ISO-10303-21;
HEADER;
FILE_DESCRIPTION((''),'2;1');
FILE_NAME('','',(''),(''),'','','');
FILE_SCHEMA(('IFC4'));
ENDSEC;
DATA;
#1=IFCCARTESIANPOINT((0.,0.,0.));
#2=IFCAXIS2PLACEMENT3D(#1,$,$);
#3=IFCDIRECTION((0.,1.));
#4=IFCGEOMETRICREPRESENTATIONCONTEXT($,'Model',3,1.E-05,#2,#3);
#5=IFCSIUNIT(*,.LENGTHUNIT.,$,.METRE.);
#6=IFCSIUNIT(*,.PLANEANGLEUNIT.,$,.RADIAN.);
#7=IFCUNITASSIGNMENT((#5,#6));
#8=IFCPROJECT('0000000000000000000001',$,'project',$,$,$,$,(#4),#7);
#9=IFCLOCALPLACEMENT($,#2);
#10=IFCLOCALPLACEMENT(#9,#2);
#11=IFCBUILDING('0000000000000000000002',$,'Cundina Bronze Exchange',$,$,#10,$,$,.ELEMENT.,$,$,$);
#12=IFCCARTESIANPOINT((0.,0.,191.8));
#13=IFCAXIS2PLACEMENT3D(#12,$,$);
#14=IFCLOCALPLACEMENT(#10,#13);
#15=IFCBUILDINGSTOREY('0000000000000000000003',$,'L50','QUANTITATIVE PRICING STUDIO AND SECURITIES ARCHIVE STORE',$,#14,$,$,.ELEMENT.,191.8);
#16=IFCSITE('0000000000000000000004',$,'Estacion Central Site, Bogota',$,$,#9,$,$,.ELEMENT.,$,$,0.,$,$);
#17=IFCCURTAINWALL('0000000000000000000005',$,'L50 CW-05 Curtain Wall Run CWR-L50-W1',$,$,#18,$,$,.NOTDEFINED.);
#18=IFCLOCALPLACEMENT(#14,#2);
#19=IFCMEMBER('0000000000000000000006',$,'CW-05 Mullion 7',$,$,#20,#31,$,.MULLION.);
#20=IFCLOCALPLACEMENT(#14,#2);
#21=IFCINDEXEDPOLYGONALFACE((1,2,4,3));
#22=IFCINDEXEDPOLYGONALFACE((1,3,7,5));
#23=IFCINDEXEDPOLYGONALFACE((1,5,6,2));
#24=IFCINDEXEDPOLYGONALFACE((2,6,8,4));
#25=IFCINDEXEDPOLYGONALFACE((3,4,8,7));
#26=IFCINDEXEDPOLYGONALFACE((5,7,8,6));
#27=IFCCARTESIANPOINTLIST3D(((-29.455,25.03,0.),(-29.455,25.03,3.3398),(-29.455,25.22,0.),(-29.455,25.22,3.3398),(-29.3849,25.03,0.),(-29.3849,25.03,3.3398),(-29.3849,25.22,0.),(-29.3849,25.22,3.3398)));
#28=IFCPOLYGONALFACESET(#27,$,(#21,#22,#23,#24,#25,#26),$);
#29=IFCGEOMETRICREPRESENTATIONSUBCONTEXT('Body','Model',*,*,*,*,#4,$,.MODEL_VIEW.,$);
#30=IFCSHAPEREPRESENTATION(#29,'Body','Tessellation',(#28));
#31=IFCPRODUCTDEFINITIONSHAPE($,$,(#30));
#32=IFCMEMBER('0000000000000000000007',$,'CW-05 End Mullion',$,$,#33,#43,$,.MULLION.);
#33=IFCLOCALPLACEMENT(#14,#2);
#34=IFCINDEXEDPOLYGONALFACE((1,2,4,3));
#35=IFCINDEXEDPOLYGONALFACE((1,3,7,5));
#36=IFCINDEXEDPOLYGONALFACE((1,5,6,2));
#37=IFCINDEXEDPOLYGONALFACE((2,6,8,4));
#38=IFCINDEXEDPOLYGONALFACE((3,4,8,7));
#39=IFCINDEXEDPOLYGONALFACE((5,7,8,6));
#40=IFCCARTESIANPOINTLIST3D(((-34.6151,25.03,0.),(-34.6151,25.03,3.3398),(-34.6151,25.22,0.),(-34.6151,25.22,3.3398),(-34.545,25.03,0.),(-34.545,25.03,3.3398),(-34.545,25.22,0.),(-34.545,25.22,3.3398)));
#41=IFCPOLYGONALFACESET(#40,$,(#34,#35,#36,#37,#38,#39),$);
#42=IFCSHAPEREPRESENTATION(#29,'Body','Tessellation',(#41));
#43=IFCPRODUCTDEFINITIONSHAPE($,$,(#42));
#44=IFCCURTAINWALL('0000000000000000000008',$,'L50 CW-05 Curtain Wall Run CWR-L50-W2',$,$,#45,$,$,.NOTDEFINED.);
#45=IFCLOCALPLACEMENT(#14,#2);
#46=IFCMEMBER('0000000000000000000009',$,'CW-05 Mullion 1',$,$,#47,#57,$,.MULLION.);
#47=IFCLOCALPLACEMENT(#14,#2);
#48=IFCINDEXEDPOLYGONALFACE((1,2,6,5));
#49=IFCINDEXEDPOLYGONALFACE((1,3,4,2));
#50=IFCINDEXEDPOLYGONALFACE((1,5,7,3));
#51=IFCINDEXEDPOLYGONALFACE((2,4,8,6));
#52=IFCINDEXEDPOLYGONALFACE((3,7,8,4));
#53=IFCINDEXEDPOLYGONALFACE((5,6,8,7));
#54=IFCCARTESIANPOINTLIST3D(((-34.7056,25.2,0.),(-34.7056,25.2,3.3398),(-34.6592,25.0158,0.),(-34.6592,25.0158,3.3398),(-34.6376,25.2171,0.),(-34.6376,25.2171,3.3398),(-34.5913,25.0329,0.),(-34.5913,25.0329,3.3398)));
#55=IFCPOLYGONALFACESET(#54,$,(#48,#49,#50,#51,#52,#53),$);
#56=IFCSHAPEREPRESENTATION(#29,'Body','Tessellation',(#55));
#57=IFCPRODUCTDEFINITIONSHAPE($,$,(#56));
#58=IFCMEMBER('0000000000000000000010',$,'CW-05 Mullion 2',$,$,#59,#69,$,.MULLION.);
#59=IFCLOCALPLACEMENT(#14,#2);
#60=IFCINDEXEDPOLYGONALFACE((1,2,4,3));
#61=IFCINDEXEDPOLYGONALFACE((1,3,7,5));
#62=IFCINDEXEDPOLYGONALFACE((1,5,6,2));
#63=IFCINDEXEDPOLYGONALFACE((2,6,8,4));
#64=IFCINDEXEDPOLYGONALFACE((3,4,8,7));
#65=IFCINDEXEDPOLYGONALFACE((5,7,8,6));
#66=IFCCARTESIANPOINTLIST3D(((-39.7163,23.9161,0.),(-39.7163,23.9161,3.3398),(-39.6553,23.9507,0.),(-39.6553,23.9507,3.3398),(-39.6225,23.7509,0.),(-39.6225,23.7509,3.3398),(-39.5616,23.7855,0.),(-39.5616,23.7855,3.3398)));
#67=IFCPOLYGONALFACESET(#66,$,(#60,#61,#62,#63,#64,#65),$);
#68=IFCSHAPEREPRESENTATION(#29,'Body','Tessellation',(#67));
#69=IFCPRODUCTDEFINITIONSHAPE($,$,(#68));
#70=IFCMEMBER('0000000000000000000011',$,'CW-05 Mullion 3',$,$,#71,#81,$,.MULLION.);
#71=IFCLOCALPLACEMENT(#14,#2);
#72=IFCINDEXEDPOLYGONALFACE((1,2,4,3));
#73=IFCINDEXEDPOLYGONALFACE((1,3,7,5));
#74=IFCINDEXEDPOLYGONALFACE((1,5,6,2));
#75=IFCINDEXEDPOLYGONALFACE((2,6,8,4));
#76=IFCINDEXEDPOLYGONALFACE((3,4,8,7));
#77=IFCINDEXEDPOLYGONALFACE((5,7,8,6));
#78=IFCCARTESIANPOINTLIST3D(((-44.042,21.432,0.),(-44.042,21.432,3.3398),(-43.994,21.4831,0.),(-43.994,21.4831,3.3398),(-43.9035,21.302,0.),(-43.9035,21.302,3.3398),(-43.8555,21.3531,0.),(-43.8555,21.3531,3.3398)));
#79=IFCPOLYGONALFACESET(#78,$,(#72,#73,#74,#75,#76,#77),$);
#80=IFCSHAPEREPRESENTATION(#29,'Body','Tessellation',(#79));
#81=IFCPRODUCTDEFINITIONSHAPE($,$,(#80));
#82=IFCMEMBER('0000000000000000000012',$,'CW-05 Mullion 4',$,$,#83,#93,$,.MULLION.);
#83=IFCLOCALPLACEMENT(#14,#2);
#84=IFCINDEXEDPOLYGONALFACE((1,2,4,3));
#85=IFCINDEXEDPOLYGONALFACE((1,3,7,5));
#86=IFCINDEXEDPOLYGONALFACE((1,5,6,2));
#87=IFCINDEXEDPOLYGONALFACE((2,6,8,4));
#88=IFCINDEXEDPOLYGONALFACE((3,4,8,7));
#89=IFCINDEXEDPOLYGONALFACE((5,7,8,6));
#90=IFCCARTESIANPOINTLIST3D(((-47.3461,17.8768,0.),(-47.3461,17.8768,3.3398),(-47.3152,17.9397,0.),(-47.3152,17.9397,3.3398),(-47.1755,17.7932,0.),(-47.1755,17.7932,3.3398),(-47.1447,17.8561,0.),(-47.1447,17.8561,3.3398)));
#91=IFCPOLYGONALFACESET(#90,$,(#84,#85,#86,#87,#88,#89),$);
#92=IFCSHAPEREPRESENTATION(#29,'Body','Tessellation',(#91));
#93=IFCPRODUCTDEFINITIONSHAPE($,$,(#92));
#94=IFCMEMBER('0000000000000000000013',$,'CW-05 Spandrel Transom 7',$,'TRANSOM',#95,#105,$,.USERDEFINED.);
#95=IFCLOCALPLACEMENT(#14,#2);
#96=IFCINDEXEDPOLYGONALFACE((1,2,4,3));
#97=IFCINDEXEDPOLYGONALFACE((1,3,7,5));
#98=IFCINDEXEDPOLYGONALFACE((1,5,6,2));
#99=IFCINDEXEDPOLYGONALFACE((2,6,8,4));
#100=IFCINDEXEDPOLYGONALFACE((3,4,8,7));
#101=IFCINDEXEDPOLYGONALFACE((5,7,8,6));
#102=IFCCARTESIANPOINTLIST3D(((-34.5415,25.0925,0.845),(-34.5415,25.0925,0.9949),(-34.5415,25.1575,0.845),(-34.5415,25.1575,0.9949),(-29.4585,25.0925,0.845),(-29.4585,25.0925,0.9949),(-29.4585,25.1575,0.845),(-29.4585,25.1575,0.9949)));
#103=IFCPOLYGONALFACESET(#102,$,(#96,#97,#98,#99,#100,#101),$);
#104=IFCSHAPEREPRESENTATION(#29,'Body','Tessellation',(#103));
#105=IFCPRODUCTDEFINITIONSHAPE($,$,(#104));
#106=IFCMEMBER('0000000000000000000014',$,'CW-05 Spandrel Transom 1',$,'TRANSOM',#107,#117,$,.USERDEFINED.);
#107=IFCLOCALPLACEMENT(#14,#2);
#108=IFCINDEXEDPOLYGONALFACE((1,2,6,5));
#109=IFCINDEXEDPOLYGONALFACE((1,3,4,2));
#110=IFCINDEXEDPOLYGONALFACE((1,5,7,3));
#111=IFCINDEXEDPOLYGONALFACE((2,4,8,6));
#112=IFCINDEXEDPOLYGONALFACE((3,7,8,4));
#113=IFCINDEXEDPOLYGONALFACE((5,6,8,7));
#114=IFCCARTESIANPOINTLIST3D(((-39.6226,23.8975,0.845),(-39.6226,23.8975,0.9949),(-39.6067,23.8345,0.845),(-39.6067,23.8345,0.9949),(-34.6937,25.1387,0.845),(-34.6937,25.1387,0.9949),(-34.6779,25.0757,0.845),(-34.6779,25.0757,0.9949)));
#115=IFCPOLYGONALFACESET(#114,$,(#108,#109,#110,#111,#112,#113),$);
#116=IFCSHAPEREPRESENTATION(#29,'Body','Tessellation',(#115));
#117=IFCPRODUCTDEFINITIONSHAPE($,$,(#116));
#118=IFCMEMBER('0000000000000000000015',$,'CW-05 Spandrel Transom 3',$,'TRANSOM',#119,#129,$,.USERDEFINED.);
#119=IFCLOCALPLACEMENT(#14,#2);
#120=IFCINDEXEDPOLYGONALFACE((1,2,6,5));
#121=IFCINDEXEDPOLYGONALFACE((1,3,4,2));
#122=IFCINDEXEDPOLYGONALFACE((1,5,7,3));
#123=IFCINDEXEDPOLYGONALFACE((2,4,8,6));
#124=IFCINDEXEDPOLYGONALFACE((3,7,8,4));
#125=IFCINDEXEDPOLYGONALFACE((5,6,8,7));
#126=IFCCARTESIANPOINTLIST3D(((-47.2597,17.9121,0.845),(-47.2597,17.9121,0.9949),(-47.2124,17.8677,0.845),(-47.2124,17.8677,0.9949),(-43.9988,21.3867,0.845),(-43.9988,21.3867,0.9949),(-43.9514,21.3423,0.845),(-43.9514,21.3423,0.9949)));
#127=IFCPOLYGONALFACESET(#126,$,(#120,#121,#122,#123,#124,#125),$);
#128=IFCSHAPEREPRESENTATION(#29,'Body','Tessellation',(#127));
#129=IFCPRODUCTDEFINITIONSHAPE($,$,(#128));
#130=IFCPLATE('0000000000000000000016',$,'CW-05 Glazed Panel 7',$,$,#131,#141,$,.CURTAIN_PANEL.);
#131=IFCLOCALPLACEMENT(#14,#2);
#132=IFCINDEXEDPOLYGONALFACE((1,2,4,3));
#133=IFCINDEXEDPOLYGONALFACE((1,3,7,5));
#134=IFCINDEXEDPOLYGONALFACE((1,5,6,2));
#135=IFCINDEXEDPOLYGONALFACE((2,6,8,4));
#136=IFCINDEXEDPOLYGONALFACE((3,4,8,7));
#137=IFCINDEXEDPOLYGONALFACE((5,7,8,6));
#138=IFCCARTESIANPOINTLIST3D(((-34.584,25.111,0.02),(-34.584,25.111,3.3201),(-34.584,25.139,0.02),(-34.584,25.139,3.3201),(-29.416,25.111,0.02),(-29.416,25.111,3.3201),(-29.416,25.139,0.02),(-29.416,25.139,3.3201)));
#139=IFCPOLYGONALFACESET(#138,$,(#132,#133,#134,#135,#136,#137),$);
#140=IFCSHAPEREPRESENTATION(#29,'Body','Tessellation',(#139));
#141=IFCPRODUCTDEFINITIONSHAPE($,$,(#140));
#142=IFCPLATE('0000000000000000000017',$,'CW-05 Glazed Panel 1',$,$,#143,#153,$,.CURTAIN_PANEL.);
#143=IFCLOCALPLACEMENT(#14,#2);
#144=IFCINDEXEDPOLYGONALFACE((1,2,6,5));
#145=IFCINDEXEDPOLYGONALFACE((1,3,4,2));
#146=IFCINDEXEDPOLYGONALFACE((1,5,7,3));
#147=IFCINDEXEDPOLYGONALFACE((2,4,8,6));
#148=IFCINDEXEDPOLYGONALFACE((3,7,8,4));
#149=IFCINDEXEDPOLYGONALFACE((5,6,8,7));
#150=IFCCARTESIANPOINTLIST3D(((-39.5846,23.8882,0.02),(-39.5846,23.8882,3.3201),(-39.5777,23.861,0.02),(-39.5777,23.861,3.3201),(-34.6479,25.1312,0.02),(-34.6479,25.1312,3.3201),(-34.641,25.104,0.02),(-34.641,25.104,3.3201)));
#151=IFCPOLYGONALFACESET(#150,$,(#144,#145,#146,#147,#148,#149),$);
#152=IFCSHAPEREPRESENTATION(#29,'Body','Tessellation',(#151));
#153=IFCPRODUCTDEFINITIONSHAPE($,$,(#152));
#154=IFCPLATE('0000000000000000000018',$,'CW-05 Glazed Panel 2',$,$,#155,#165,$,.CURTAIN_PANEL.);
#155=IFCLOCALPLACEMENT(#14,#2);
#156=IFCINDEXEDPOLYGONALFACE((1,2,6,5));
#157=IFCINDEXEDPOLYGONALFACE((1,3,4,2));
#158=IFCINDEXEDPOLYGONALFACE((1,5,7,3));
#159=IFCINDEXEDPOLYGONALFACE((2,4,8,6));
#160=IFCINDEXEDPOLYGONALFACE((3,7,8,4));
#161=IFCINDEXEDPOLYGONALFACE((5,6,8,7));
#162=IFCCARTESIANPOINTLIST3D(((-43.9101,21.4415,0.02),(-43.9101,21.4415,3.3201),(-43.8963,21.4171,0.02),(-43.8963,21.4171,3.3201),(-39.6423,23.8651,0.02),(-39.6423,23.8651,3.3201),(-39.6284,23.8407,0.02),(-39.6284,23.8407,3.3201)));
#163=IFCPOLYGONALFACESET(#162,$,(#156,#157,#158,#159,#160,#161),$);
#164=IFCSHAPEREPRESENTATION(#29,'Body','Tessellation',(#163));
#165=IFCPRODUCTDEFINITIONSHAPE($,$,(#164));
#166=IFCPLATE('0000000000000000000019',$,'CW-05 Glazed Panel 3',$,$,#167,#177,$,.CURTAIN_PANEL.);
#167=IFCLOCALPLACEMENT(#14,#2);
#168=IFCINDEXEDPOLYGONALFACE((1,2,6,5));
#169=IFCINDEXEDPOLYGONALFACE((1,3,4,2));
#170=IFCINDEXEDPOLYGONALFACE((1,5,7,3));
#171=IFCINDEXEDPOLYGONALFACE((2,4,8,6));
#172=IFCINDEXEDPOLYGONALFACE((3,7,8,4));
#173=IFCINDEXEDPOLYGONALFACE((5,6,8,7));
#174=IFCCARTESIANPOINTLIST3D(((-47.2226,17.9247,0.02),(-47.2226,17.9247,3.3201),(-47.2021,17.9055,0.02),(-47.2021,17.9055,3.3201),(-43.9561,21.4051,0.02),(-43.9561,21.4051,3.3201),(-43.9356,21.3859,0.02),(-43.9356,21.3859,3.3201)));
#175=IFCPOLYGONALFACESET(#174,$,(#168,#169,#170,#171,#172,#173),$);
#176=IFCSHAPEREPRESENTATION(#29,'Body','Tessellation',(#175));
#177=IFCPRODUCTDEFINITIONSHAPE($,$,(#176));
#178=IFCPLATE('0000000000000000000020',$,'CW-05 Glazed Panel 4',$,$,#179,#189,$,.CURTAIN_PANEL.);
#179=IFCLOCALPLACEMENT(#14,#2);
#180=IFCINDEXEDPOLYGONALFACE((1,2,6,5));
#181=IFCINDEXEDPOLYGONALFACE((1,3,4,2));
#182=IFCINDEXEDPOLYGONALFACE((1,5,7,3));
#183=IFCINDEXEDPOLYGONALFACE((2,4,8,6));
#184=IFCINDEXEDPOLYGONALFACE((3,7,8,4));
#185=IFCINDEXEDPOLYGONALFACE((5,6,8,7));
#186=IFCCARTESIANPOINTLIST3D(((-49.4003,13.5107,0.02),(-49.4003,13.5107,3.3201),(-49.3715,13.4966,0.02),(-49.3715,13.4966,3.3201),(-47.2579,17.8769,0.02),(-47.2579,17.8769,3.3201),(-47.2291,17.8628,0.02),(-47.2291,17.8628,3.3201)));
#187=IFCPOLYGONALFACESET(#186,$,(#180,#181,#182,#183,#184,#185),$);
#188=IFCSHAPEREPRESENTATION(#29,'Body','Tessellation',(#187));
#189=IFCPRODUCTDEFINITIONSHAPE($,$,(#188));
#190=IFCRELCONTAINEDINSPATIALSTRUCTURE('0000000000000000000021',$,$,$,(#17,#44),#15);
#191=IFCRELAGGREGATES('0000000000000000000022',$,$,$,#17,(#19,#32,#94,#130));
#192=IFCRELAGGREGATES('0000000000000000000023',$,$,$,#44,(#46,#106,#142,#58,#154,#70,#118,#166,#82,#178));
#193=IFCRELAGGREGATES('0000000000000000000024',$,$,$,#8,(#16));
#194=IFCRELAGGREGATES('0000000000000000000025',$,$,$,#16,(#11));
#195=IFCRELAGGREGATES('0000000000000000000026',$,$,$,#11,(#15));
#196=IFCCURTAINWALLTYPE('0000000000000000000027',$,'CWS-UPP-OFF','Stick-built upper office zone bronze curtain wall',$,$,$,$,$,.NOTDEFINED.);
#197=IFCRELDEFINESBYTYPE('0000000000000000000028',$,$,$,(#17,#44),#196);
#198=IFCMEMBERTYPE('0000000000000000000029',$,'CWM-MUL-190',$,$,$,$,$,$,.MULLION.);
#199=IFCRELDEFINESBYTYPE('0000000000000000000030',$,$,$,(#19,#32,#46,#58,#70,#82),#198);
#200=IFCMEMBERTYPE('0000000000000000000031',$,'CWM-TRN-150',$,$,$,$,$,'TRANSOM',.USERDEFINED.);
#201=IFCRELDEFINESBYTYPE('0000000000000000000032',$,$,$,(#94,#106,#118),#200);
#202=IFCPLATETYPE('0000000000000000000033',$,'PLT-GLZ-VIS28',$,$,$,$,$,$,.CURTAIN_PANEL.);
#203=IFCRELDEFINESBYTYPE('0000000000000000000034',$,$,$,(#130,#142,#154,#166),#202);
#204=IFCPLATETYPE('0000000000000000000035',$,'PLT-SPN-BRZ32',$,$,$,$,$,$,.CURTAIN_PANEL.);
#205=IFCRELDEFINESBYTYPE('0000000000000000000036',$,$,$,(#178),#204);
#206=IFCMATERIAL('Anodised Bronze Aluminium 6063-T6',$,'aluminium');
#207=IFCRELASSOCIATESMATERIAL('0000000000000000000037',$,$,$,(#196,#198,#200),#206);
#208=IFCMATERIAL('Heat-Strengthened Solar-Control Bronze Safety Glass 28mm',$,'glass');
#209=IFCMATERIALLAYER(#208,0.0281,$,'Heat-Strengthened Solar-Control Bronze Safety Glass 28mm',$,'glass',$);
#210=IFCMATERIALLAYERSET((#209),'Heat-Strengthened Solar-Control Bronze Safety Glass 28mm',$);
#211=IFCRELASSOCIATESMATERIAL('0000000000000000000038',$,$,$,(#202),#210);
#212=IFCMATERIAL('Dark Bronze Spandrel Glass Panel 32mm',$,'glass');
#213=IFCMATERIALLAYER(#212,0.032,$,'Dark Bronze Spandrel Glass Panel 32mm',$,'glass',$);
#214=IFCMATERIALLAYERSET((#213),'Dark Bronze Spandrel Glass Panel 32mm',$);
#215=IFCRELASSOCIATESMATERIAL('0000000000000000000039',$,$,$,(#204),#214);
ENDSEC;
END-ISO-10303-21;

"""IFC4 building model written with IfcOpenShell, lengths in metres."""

from ifc_helpers import new_model, si_unit, direction, frame, origin, origin_2d, place, context, subcontext, project, spatial, rectangle, extrude, material, layer, layer_set, material_profile, profile_set, type_object, element, aggregate, save


model = new_model("IFC4")

# Units and contexts
model_context = context("Model", 3, precision=1e-05, world=origin(), true_north=direction((0.0, 1.0)))
body_context = subcontext(model_context, "Body", "Model", "MODEL_VIEW")
ifc_project = project(units=[si_unit("LENGTHUNIT", "METRE"), si_unit("PLANEANGLEUNIT", "RADIAN")], contexts=[model_context])

# Site, building, storey
site_placement = place(None, origin())
site = spatial("IfcSite", under=ifc_project, at=site_placement, Name="Estacion Central Site, Bogota", CompositionType="ELEMENT", RefElevation=0.0)
building_placement = place(site_placement, origin())
building = spatial("IfcBuilding", under=site, at=building_placement, Name="Cundina Bronze Exchange", CompositionType="ELEMENT")
storey_placement = place(building_placement, frame((0.0, 0.0, 191.8)))
storey = spatial("IfcBuildingStorey", under=building, at=storey_placement, Name="L50", Description="QUANTITATIVE PRICING STUDIO AND SECURITIES ARCHIVE STORE", CompositionType="ELEMENT", Elevation=191.8)

# Curtain walls, members
ifc_material_1 = material(Name="Anodised Bronze Aluminium 6063-T6", Category="aluminium")
curtain_wall_type = type_object("IfcCurtainWallType", Name="CWS-UPP-OFF", Description="Stick-built upper office zone bronze curtain wall", PredefinedType="NOTDEFINED", material=ifc_material_1)
curtain_wall_1_placement = place(storey_placement, origin())
curtain_wall_1 = element("IfcCurtainWall", 1, at=curtain_wall_1_placement, inside=storey, type_object=curtain_wall_type, Name="L50 CW-05 Curtain Wall Run CWR-L50-W1", PredefinedType="NOTDEFINED")
ifc_material_profile_1 = material_profile(ifc_material_1, rectangle(XDim=0.0701, YDim=0.1899, at=origin_2d()), Name="AL70X190", Category="aluminium")
ifc_profile_set_1 = profile_set([ifc_material_profile_1], Name="Anodised Bronze Aluminium 6063-T6")
member_type_1 = type_object("IfcMemberType", Name="CWM-MUL-190", PredefinedType="MULLION", material=ifc_profile_set_1)
member_1_placement = place(storey_placement, frame((-29.4199, 25.125, 0.0), z_axis=(0.0, 0.0, 1.0), x_axis=(-1.0, 0.0, 0.0)))
member_1 = element("IfcMember", 2, at=member_1_placement, type_object=member_type_1, Name="CW-05 Mullion 7", PredefinedType="MULLION", context=body_context, shape_type="SweptSolid", body=[
    extrude(rectangle(XDim=0.0701, YDim=0.1899, at=origin_2d()), origin(), (0.0, 0.0, 1.0), 3.3398),
])
member_2_placement = place(storey_placement, frame((-34.5801, 25.125, 0.0), z_axis=(0.0, 0.0, 1.0), x_axis=(-1.0, 0.0, 0.0)))
member_2 = element("IfcMember", 3, at=member_2_placement, type_object=member_type_1, Name="CW-05 End Mullion", PredefinedType="MULLION", context=body_context, shape_type="SweptSolid", body=[
    extrude(rectangle(XDim=0.0701, YDim=0.1899, at=origin_2d()), origin(), (0.0, 0.0, 1.0), 3.3398),
])
curtain_wall_2_placement = place(storey_placement, origin())
curtain_wall_2 = element("IfcCurtainWall", 4, at=curtain_wall_2_placement, inside=storey, type_object=curtain_wall_type, Name="L50 CW-05 Curtain Wall Run CWR-L50-W2", PredefinedType="NOTDEFINED")
member_3_placement = place(storey_placement, frame((-34.6484, 25.1165, 0.0), z_axis=(0.0, 0.0, 1.0), x_axis=(-0.969744, -0.244123, 0.0)))
member_3 = element("IfcMember", 5, at=member_3_placement, type_object=member_type_1, Name="CW-05 Mullion 1", PredefinedType="MULLION", context=body_context, shape_type="SweptSolid", body=[
    extrude(rectangle(XDim=0.0701, YDim=0.1899, at=origin_2d()), origin(), (0.0, 0.0, 1.0), 3.3398),
])
member_4_placement = place(storey_placement, frame((-39.6389, 23.8508, 0.0), z_axis=(0.0, 0.0, 1.0), x_axis=(-0.869581, -0.49379, 0.0)))
member_4 = element("IfcMember", 6, at=member_4_placement, type_object=member_type_1, Name="CW-05 Mullion 2", PredefinedType="MULLION", context=body_context, shape_type="SweptSolid", body=[
    extrude(rectangle(XDim=0.0701, YDim=0.1899, at=origin_2d()), origin(), (0.0, 0.0, 1.0), 3.3398),
])
member_5_placement = place(storey_placement, frame((-43.9487, 21.3926, 0.0), z_axis=(0.0, 0.0, 1.0), x_axis=(-0.684293, -0.729208, 0.0)))
member_5 = element("IfcMember", 7, at=member_5_placement, type_object=member_type_1, Name="CW-05 Mullion 3", PredefinedType="MULLION", context=body_context, shape_type="SweptSolid", body=[
    extrude(rectangle(XDim=0.0701, YDim=0.1899, at=origin_2d()), origin(), (0.0, 0.0, 1.0), 3.3398),
])
member_6_placement = place(storey_placement, frame((-47.2454, 17.8665, 0.0), z_axis=(0.0, 0.0, 1.0), x_axis=(-0.440566, -0.89772, 0.0)))
member_6 = element("IfcMember", 8, at=member_6_placement, type_object=member_type_1, Name="CW-05 Mullion 4", PredefinedType="MULLION", context=body_context, shape_type="SweptSolid", body=[
    extrude(rectangle(XDim=0.0701, YDim=0.1899, at=origin_2d()), origin(), (0.0, 0.0, 1.0), 3.3398),
])

# Members
ifc_material_profile_2 = material_profile(ifc_material_1, rectangle(XDim=0.0649, YDim=0.1499, at=origin_2d()), Name="AL65X150", Category="aluminium")
ifc_profile_set_2 = profile_set([ifc_material_profile_2], Name="Anodised Bronze Aluminium 6063-T6")
member_type_2 = type_object("IfcMemberType", Name="CWM-TRN-150", ElementType="TRANSOM", PredefinedType="USERDEFINED", material=ifc_profile_set_2)
member_7_placement = place(storey_placement, frame((-29.4585, 25.125, 0.9199), z_axis=(-1.0, 0.0, 0.0), x_axis=(0.0, -1.0, 0.0)))
member_7 = element("IfcMember", 9, at=member_7_placement, type_object=member_type_2, Name="CW-05 Spandrel Transom 7", ObjectType="TRANSOM", PredefinedType="USERDEFINED", context=body_context, shape_type="SweptSolid", body=[
    extrude(rectangle(XDim=0.0649, YDim=0.1499, at=origin_2d()), origin(), (0.0, 0.0, 1.0), 5.083),
])
member_8_placement = place(storey_placement, frame((-34.6858, 25.1072, 0.9199), z_axis=(-0.969726, -0.244197, 0.0), x_axis=(0.244197, -0.969726, 0.0)))
member_8 = element("IfcMember", 10, at=member_8_placement, type_object=member_type_2, Name="CW-05 Spandrel Transom 1", ObjectType="TRANSOM", PredefinedType="USERDEFINED", context=body_context, shape_type="SweptSolid", body=[
    extrude(rectangle(XDim=0.0649, YDim=0.1499, at=origin_2d()), origin(), (0.0, 0.0, 1.0), 5.0828),
])
member_9_placement = place(storey_placement, frame((-43.9751, 21.3645, 0.9199), z_axis=(-0.684336, -0.729166, 0.0), x_axis=(0.729166, -0.684336, 0.0)))
member_9 = element("IfcMember", 11, at=member_9_placement, type_object=member_type_2, Name="CW-05 Spandrel Transom 3", ObjectType="TRANSOM", PredefinedType="USERDEFINED", context=body_context, shape_type="SweptSolid", body=[
    extrude(rectangle(XDim=0.0649, YDim=0.1499, at=origin_2d()), origin(), (0.0, 0.0, 1.0), 4.7651),
])

# Plates
ifc_material_2 = material(Name="Heat-Strengthened Solar-Control Bronze Safety Glass 28mm", Category="glass")
ifc_layer_1 = layer(ifc_material_2, 0.0281, Name="Heat-Strengthened Solar-Control Bronze Safety Glass 28mm", Category="glass")
ifc_layer_set_1 = layer_set([ifc_layer_1], Name="Heat-Strengthened Solar-Control Bronze Safety Glass 28mm")
plate_type_1 = type_object("IfcPlateType", Name="PLT-GLZ-VIS28", PredefinedType="CURTAIN_PANEL", material=ifc_layer_set_1)
plate_1_placement = place(storey_placement, frame((-32.0, 25.125, 0.02), z_axis=(0.0, 0.0, 1.0), x_axis=(-1.0, 0.0, 0.0)))
plate_1 = element("IfcPlate", 12, at=plate_1_placement, type_object=plate_type_1, Name="CW-05 Glazed Panel 7", PredefinedType="CURTAIN_PANEL", context=body_context, shape_type="SweptSolid", body=[
    extrude(rectangle(XDim=5.168, YDim=0.0281, at=origin_2d()), origin(), (0.0, 0.0, 1.0), 3.3),
])
aggregate(curtain_wall_1, [member_1, member_2, member_7, plate_1])
plate_2_placement = place(storey_placement, frame((-37.1128, 24.4961, 0.02), z_axis=(0.0, 0.0, 1.0), x_axis=(-0.969732, -0.244174, 0.0)))
plate_2 = element("IfcPlate", 13, at=plate_2_placement, type_object=plate_type_1, Name="CW-05 Glazed Panel 1", PredefinedType="CURTAIN_PANEL", context=body_context, shape_type="SweptSolid", body=[
    extrude(rectangle(XDim=5.0908, YDim=0.0281, at=origin_2d()), origin(), (0.0, 0.0, 1.0), 3.3),
])
plate_3_placement = place(storey_placement, frame((-41.7693, 22.6411, 0.02), z_axis=(0.0, 0.0, 1.0), x_axis=(-0.869573, -0.493805, 0.0)))
plate_3 = element("IfcPlate", 14, at=plate_3_placement, type_object=plate_type_1, Name="CW-05 Glazed Panel 2", PredefinedType="CURTAIN_PANEL", context=body_context, shape_type="SweptSolid", body=[
    extrude(rectangle(XDim=4.908, YDim=0.0281, at=origin_2d()), origin(), (0.0, 0.0, 1.0), 3.3),
])
plate_4_placement = place(storey_placement, frame((-45.5791, 19.6553, 0.02), z_axis=(0.0, 0.0, 1.0), x_axis=(-0.684344, -0.72916, 0.0)))
plate_4 = element("IfcPlate", 15, at=plate_4_placement, type_object=plate_type_1, Name="CW-05 Glazed Panel 3", PredefinedType="CURTAIN_PANEL", context=body_context, shape_type="SweptSolid", body=[
    extrude(rectangle(XDim=4.7732, YDim=0.0281, at=origin_2d()), origin(), (0.0, 0.0, 1.0), 3.3),
])
ifc_material_3 = material(Name="Dark Bronze Spandrel Glass Panel 32mm", Category="glass")
ifc_layer_2 = layer(ifc_material_3, 0.032, Name="Dark Bronze Spandrel Glass Panel 32mm", Category="glass")
ifc_layer_set_2 = layer_set([ifc_layer_2], Name="Dark Bronze Spandrel Glass Panel 32mm")
plate_type_2 = type_object("IfcPlateType", Name="PLT-SPN-BRZ32", PredefinedType="CURTAIN_PANEL", material=ifc_layer_set_2)
plate_5_placement = place(storey_placement, frame((-48.3147, 15.6868, 0.02), z_axis=(0.0, 0.0, 1.0), x_axis=(-0.440503, -0.897751, 0.0)))
plate_5 = element("IfcPlate", 16, at=plate_5_placement, type_object=plate_type_2, Name="CW-05 Glazed Panel 4", PredefinedType="CURTAIN_PANEL", context=body_context, shape_type="SweptSolid", body=[
    extrude(rectangle(XDim=4.8635, YDim=0.032, at=origin_2d()), origin(), (0.0, 0.0, 1.0), 3.3),
])
aggregate(curtain_wall_2, [member_3, member_8, plate_2, member_4, plate_3, member_5, member_9, plate_4, member_6, plate_5])

save(model, "model.ifc")
